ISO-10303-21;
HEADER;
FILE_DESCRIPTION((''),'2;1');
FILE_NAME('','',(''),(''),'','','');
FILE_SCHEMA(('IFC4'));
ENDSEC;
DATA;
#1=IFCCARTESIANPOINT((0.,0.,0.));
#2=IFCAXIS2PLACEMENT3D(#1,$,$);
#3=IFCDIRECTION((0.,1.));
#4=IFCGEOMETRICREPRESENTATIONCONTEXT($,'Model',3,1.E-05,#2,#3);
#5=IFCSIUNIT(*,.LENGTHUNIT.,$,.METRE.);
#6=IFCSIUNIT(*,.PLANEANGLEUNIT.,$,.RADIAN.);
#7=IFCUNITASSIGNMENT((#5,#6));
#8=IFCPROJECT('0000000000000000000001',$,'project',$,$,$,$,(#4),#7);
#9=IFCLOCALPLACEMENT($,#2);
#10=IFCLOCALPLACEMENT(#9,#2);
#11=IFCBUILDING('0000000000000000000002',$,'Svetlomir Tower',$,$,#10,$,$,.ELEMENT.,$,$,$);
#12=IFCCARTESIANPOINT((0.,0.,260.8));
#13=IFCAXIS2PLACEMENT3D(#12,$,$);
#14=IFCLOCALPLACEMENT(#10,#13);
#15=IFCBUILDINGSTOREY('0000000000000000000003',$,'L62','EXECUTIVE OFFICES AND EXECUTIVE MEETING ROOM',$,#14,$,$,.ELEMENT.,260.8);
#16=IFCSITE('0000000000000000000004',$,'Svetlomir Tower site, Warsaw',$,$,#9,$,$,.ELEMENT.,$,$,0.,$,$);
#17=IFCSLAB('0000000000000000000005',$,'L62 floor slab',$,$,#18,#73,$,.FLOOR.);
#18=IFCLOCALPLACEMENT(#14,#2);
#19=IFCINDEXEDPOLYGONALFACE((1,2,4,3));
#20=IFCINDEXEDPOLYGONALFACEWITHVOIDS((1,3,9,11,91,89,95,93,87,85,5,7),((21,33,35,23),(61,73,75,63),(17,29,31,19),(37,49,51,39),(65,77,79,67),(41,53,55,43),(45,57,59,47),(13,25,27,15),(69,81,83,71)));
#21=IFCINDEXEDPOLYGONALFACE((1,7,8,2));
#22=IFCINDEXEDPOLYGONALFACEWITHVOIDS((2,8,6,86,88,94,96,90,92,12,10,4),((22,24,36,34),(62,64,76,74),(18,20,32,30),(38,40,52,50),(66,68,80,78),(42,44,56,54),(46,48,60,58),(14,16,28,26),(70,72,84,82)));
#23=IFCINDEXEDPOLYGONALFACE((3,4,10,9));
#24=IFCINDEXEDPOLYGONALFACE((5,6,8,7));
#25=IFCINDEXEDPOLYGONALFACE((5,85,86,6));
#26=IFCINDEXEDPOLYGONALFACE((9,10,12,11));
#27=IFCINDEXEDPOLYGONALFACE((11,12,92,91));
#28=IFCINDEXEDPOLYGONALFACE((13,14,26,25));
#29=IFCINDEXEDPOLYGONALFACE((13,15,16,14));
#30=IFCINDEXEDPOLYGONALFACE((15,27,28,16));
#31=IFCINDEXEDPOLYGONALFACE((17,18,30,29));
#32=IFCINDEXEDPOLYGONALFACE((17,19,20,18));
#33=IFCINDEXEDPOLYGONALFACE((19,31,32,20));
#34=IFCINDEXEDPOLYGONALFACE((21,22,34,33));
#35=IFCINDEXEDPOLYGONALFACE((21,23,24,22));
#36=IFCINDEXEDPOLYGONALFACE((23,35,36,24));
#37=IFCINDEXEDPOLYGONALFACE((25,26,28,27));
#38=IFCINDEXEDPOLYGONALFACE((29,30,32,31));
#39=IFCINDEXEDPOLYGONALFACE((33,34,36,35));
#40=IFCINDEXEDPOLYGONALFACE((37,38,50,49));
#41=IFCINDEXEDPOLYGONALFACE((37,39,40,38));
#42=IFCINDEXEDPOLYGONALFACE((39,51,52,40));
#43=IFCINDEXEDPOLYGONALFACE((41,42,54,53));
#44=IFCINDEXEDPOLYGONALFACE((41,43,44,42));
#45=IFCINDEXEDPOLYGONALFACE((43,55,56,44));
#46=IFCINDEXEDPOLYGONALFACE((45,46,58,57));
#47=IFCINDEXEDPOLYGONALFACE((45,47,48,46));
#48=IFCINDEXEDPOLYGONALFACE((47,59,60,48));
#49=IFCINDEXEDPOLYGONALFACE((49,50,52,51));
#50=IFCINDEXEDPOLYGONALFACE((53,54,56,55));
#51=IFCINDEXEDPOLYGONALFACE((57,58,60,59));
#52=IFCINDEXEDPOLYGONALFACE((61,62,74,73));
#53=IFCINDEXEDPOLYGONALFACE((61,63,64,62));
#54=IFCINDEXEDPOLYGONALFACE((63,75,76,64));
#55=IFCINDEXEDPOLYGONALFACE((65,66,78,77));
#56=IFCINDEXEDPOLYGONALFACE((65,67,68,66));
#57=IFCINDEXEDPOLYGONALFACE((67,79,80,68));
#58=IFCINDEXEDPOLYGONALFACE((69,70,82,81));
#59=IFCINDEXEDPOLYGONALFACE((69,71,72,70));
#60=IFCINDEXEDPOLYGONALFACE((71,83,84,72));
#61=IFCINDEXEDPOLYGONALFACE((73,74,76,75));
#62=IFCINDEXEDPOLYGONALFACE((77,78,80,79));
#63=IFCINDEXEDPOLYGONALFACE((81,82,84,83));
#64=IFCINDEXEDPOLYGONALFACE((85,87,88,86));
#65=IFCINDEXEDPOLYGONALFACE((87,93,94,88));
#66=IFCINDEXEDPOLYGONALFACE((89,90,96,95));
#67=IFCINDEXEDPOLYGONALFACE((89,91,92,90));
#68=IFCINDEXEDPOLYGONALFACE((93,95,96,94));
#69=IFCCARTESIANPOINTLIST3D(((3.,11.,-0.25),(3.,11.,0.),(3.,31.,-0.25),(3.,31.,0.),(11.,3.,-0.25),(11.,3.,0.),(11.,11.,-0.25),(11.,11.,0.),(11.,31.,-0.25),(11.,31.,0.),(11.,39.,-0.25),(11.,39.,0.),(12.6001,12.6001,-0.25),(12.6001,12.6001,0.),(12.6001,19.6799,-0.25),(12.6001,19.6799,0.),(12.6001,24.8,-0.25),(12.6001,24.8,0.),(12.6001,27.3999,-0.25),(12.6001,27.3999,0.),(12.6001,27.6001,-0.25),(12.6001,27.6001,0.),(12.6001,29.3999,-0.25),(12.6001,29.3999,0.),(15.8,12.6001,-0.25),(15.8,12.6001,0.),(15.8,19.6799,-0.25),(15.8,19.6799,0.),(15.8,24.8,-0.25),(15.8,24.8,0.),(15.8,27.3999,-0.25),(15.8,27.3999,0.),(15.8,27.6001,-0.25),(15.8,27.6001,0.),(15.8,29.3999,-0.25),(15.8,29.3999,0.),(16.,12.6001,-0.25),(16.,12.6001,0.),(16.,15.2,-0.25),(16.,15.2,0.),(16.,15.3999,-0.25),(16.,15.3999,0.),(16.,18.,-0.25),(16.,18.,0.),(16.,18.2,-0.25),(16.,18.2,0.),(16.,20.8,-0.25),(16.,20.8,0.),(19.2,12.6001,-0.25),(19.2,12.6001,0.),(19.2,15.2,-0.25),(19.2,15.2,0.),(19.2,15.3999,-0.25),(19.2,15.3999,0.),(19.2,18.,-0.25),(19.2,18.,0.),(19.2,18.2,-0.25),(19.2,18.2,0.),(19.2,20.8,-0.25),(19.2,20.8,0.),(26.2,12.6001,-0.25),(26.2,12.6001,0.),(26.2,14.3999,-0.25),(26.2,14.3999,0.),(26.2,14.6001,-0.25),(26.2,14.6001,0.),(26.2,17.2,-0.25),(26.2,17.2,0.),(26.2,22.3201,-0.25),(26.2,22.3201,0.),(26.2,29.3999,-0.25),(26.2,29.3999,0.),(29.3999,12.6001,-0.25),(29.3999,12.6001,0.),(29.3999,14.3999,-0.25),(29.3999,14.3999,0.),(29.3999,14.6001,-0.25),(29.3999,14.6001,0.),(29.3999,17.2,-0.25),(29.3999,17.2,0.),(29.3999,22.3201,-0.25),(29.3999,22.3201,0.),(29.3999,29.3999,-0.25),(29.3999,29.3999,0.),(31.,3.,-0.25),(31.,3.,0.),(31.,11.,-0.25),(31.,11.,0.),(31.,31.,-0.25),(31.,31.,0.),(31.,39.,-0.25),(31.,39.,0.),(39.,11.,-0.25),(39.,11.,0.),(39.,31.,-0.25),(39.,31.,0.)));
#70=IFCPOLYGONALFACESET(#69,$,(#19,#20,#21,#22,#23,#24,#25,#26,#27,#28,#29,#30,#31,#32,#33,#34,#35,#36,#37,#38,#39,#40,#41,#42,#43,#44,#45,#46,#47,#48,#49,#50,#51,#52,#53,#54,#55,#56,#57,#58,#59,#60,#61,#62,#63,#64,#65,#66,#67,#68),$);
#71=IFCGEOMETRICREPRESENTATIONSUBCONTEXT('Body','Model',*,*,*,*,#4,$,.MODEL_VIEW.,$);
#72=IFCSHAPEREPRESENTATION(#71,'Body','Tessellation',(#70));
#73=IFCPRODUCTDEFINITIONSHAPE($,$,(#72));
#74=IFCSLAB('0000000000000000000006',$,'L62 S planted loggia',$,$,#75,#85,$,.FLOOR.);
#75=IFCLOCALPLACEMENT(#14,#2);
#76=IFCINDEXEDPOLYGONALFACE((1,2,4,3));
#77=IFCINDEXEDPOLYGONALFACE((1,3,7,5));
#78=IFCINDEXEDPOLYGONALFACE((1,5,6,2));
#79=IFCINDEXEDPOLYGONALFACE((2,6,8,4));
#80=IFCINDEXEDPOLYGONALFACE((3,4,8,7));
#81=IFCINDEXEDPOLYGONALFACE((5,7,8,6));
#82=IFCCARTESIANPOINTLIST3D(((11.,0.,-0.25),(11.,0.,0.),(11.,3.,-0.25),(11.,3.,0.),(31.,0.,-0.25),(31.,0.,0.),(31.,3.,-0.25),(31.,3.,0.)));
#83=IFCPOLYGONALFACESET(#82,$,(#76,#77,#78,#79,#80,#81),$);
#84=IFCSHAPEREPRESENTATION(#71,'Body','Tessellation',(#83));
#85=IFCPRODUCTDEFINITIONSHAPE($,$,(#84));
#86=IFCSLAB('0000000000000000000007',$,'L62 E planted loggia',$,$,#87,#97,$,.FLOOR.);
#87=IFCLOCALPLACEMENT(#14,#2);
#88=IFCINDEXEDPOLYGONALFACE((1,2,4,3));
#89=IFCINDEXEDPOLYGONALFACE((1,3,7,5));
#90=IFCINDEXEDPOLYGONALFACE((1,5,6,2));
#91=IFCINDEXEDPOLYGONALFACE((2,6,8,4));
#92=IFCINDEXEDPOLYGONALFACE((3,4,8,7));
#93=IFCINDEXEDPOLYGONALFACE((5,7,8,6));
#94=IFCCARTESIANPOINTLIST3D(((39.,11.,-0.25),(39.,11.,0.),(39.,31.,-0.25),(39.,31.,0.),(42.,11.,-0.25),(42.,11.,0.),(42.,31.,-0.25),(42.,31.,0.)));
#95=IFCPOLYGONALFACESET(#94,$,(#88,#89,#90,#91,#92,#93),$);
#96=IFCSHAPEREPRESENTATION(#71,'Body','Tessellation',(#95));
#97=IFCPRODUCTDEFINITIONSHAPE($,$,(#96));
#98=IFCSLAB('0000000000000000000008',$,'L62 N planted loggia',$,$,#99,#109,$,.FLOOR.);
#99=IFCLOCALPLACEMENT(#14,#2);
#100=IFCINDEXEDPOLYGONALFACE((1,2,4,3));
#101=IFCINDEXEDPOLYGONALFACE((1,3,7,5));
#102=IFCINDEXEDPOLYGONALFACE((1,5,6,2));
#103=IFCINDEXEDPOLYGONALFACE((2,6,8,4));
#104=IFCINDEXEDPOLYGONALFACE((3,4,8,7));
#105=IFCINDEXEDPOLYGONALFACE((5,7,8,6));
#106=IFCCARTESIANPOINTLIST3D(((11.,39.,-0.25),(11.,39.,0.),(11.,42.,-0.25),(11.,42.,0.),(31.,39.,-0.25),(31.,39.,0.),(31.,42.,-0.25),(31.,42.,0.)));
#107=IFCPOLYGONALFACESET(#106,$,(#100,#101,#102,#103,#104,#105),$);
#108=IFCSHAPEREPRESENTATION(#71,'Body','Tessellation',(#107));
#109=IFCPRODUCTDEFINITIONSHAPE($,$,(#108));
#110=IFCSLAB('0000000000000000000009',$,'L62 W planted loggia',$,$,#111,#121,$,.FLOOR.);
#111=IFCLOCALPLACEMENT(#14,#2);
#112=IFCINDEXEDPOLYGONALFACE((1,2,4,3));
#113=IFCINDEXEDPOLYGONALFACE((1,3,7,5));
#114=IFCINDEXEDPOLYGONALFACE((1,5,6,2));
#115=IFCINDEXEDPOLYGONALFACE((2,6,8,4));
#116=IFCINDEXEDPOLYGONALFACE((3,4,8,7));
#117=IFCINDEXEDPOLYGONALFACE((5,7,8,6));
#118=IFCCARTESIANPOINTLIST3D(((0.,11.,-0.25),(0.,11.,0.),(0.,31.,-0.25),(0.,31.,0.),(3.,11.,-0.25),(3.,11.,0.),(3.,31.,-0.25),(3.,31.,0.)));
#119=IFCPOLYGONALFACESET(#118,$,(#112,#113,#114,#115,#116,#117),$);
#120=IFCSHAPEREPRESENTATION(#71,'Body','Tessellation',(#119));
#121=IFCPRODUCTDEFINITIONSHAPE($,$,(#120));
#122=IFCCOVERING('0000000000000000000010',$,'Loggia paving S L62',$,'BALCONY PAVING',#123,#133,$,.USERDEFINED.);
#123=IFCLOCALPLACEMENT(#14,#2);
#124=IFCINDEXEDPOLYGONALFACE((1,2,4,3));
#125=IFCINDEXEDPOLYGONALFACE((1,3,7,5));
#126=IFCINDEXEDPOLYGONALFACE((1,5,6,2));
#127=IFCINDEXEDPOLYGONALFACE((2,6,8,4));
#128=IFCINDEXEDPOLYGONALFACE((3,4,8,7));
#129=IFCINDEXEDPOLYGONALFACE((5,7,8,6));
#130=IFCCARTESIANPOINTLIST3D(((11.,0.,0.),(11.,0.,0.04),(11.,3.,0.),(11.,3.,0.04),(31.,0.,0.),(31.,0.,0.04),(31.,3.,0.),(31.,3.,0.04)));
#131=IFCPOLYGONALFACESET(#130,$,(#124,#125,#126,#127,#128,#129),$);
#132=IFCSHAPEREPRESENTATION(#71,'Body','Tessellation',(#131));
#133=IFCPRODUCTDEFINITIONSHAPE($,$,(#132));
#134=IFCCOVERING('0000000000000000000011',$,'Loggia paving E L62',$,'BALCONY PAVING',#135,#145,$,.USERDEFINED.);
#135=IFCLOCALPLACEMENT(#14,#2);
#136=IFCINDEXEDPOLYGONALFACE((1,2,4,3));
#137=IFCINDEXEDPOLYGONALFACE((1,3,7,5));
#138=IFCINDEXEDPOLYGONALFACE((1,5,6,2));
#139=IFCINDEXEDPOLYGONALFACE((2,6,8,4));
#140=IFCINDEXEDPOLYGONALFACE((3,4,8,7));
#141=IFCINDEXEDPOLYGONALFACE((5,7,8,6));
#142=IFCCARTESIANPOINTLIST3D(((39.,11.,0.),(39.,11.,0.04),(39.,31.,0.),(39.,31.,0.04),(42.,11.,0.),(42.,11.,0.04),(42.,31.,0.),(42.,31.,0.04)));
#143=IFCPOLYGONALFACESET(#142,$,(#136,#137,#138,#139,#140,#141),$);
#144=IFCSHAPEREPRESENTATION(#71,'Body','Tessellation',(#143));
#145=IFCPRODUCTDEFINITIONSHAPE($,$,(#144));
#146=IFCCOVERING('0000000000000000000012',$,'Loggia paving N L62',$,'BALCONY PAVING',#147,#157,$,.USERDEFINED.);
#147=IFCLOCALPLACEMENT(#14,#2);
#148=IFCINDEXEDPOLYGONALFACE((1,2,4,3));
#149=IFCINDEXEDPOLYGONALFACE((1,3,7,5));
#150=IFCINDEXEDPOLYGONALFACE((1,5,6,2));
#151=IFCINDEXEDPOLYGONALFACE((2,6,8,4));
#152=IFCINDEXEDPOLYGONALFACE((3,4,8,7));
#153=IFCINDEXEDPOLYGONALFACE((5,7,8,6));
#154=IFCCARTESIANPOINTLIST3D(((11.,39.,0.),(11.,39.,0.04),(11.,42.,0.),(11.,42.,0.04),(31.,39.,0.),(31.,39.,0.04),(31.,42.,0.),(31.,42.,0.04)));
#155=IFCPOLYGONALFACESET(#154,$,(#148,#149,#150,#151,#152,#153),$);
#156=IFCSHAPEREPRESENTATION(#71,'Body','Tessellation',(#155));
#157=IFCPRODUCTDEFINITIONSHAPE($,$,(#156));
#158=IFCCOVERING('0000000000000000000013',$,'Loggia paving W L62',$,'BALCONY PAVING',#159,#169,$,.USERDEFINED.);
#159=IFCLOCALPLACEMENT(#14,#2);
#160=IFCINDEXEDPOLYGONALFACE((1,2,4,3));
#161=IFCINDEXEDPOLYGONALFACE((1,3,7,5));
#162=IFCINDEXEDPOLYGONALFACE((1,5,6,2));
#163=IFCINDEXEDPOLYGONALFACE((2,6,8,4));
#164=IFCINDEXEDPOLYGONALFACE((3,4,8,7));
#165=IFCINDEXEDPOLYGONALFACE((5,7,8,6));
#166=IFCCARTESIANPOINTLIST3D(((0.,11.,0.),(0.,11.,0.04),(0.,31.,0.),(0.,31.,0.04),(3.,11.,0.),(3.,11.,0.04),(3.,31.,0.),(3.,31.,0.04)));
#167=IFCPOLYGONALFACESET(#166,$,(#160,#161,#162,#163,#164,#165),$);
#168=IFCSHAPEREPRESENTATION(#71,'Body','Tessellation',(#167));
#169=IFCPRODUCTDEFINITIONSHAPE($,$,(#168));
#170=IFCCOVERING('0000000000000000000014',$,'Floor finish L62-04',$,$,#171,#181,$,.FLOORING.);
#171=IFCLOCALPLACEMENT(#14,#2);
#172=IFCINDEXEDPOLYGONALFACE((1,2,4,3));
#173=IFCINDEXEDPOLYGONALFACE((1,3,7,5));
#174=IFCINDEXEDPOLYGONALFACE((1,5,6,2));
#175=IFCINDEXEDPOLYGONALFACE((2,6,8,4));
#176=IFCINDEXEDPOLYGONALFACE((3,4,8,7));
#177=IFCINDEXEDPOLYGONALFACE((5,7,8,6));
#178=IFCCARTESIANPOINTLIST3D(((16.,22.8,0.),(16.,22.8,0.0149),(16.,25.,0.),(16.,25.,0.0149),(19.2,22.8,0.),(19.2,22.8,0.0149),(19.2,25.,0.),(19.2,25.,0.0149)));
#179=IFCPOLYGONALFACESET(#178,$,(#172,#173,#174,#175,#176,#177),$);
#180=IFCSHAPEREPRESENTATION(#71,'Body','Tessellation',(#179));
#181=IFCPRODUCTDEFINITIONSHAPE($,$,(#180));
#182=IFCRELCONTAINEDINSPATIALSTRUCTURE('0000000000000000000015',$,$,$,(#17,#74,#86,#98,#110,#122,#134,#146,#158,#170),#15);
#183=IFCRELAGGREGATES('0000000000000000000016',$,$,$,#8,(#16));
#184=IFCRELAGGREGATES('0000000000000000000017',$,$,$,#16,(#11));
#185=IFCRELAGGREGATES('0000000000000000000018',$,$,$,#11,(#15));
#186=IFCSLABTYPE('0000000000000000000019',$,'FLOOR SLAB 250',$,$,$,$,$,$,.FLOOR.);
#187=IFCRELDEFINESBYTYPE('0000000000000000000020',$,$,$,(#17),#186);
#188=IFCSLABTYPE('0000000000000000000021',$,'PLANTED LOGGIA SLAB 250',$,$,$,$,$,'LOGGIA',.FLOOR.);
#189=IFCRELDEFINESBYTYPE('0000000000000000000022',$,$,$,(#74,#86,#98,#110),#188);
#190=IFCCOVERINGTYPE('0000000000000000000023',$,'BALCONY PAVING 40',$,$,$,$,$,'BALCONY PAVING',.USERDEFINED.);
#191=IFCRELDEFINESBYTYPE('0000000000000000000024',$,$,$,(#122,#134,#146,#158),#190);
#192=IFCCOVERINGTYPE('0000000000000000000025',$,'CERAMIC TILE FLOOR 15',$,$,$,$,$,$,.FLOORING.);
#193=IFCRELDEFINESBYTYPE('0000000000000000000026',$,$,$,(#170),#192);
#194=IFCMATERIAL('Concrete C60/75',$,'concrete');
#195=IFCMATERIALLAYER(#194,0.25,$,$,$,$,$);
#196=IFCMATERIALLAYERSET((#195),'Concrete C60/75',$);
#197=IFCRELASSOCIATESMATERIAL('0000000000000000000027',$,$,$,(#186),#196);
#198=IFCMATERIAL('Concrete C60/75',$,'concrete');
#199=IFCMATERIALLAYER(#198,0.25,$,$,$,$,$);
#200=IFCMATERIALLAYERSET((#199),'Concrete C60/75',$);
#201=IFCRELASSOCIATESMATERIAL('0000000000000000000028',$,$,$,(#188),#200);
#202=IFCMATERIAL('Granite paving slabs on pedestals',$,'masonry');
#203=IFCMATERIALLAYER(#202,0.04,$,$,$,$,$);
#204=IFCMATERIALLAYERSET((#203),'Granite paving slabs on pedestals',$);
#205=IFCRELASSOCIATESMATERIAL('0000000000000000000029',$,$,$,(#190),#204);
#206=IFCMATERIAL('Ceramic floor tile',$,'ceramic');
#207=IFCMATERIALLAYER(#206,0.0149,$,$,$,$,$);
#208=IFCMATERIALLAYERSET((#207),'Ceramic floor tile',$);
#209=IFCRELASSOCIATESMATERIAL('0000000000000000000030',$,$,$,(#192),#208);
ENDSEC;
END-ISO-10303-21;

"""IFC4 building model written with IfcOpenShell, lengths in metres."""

from ifc_helpers import new_model, si_unit, direction, frame, origin, place, context, subcontext, project, spatial, polyline, outline, extrude, material, layer, layer_set, type_object, element, save


model = new_model("IFC4")

# Units and contexts
model_context = context("Model", 3, precision=1e-05, world=origin(), true_north=direction((0.0, 1.0)))
body_context = subcontext(model_context, "Body", "Model", "MODEL_VIEW")
ifc_project = project(units=[si_unit("LENGTHUNIT", "METRE"), si_unit("PLANEANGLEUNIT", "RADIAN")], contexts=[model_context])

# Site, building, storey
site_placement = place(None, origin())
site = spatial("IfcSite", under=ifc_project, at=site_placement, Name="Svetlomir Tower site, Warsaw", CompositionType="ELEMENT", RefElevation=0.0)
building_placement = place(site_placement, origin())
building = spatial("IfcBuilding", under=site, at=building_placement, Name="Svetlomir Tower", CompositionType="ELEMENT")
storey_placement = place(building_placement, frame((0.0, 0.0, 260.8)))
storey = spatial("IfcBuildingStorey", under=building, at=storey_placement, Name="L62", Description="EXECUTIVE OFFICES AND EXECUTIVE MEETING ROOM", CompositionType="ELEMENT", Elevation=260.8)

# Slabs
ifc_material_1 = material(Name="Concrete C60/75", Category="concrete")
ifc_layer_1 = layer(ifc_material_1, 0.25)
ifc_layer_set_1 = layer_set([ifc_layer_1], Name="Concrete C60/75")
slab_type_1 = type_object("IfcSlabType", Name="FLOOR SLAB 250", PredefinedType="FLOOR", material=ifc_layer_set_1)
slab_1_placement = place(storey_placement, frame((0.0, 0.0, -0.25)))
element("IfcSlab", 1, at=slab_1_placement, inside=storey, type_object=slab_type_1, Name="L62 floor slab", PredefinedType="FLOOR", context=body_context, shape_type="SweptSolid", body=[
    extrude(outline(polyline([(11.0, 3.0), (31.0, 3.0), (31.0, 11.0), (39.0, 11.0), (39.0, 31.0), (31.0, 31.0), (31.0, 39.0), (11.0, 39.0), (11.0, 31.0), (3.0, 31.0), (3.0, 11.0), (11.0, 11.0), (11.0, 3.0)]), holes=[polyline([(12.6001, 24.8), (15.8, 24.8), (15.8, 27.3999), (12.6001, 27.3999), (12.6001, 24.8)]), polyline([(26.2, 14.6001), (29.3999, 14.6001), (29.3999, 17.2), (26.2, 17.2), (26.2, 14.6001)]), polyline([(16.0, 12.6001), (19.2, 12.6001), (19.2, 15.2), (16.0, 15.2), (16.0, 12.6001)]), polyline([(16.0, 15.3999), (19.2, 15.3999), (19.2, 18.0), (16.0, 18.0), (16.0, 15.3999)]), polyline([(16.0, 18.2), (19.2, 18.2), (19.2, 20.8), (16.0, 20.8), (16.0, 18.2)]), polyline([(12.6001, 27.6001), (15.8, 27.6001), (15.8, 29.3999), (12.6001, 29.3999), (12.6001, 27.6001)]), polyline([(26.2, 12.6001), (29.3999, 12.6001), (29.3999, 14.3999), (26.2, 14.3999), (26.2, 12.6001)]), polyline([(12.6001, 12.6001), (15.8, 12.6001), (15.8, 19.6799), (12.6001, 19.6799), (12.6001, 12.6001)]), polyline([(26.2, 22.3201), (29.3999, 22.3201), (29.3999, 29.3999), (26.2, 29.3999), (26.2, 22.3201)])]), origin(), (0.0, 0.0, 1.0), 0.25),
])
ifc_material_2 = material(Name="Concrete C60/75", Category="concrete")
ifc_layer_2 = layer(ifc_material_2, 0.25)
ifc_layer_set_2 = layer_set([ifc_layer_2], Name="Concrete C60/75")
slab_type_2 = type_object("IfcSlabType", Name="PLANTED LOGGIA SLAB 250", ElementType="LOGGIA", PredefinedType="FLOOR", material=ifc_layer_set_2)
slab_2_placement = place(storey_placement, frame((0.0, 0.0, -0.25)))
element("IfcSlab", 2, at=slab_2_placement, inside=storey, type_object=slab_type_2, Name="L62 S planted loggia", PredefinedType="FLOOR", context=body_context, shape_type="SweptSolid", body=[
    extrude(outline(polyline([(11.0, 0.0), (31.0, 0.0), (31.0, 3.0), (11.0, 3.0), (11.0, 0.0)])), origin(), (0.0, 0.0, 1.0), 0.25),
])
slab_3_placement = place(storey_placement, frame((0.0, 0.0, -0.25)))
element("IfcSlab", 3, at=slab_3_placement, inside=storey, type_object=slab_type_2, Name="L62 E planted loggia", PredefinedType="FLOOR", context=body_context, shape_type="SweptSolid", body=[
    extrude(outline(polyline([(39.0, 11.0), (42.0, 11.0), (42.0, 31.0), (39.0, 31.0), (39.0, 11.0)])), origin(), (0.0, 0.0, 1.0), 0.25),
])
slab_4_placement = place(storey_placement, frame((0.0, 0.0, -0.25)))
element("IfcSlab", 4, at=slab_4_placement, inside=storey, type_object=slab_type_2, Name="L62 N planted loggia", PredefinedType="FLOOR", context=body_context, shape_type="SweptSolid", body=[
    extrude(outline(polyline([(11.0, 39.0), (31.0, 39.0), (31.0, 42.0), (11.0, 42.0), (11.0, 39.0)])), origin(), (0.0, 0.0, 1.0), 0.25),
])
slab_5_placement = place(storey_placement, frame((0.0, 0.0, -0.25)))
element("IfcSlab", 5, at=slab_5_placement, inside=storey, type_object=slab_type_2, Name="L62 W planted loggia", PredefinedType="FLOOR", context=body_context, shape_type="SweptSolid", body=[
    extrude(outline(polyline([(0.0, 11.0), (3.0, 11.0), (3.0, 31.0), (0.0, 31.0), (0.0, 11.0)])), origin(), (0.0, 0.0, 1.0), 0.25),
])

# Coverings
ifc_material_3 = material(Name="Granite paving slabs on pedestals", Category="masonry")
ifc_layer_3 = layer(ifc_material_3, 0.04)
ifc_layer_set_3 = layer_set([ifc_layer_3], Name="Granite paving slabs on pedestals")
covering_type_1 = type_object("IfcCoveringType", Name="BALCONY PAVING 40", ElementType="BALCONY PAVING", PredefinedType="USERDEFINED", material=ifc_layer_set_3)
covering_1_placement = place(storey_placement, origin())
element("IfcCovering", 6, at=covering_1_placement, inside=storey, type_object=covering_type_1, Name="Loggia paving S L62", ObjectType="BALCONY PAVING", PredefinedType="USERDEFINED", context=body_context, shape_type="SweptSolid", body=[
    extrude(outline(polyline([(11.0, 0.0), (31.0, 0.0), (31.0, 3.0), (11.0, 3.0), (11.0, 0.0)])), origin(), (0.0, 0.0, 1.0), 0.04),
])
covering_2_placement = place(storey_placement, origin())
element("IfcCovering", 7, at=covering_2_placement, inside=storey, type_object=covering_type_1, Name="Loggia paving E L62", ObjectType="BALCONY PAVING", PredefinedType="USERDEFINED", context=body_context, shape_type="SweptSolid", body=[
    extrude(outline(polyline([(39.0, 11.0), (42.0, 11.0), (42.0, 31.0), (39.0, 31.0), (39.0, 11.0)])), origin(), (0.0, 0.0, 1.0), 0.04),
])
covering_3_placement = place(storey_placement, origin())
element("IfcCovering", 8, at=covering_3_placement, inside=storey, type_object=covering_type_1, Name="Loggia paving N L62", ObjectType="BALCONY PAVING", PredefinedType="USERDEFINED", context=body_context, shape_type="SweptSolid", body=[
    extrude(outline(polyline([(11.0, 39.0), (31.0, 39.0), (31.0, 42.0), (11.0, 42.0), (11.0, 39.0)])), origin(), (0.0, 0.0, 1.0), 0.04),
])
covering_4_placement = place(storey_placement, origin())
element("IfcCovering", 9, at=covering_4_placement, inside=storey, type_object=covering_type_1, Name="Loggia paving W L62", ObjectType="BALCONY PAVING", PredefinedType="USERDEFINED", context=body_context, shape_type="SweptSolid", body=[
    extrude(outline(polyline([(0.0, 11.0), (3.0, 11.0), (3.0, 31.0), (0.0, 31.0), (0.0, 11.0)])), origin(), (0.0, 0.0, 1.0), 0.04),
])
ifc_material_4 = material(Name="Ceramic floor tile", Category="ceramic")
ifc_layer_4 = layer(ifc_material_4, 0.0149)
ifc_layer_set_4 = layer_set([ifc_layer_4], Name="Ceramic floor tile")
covering_type_2 = type_object("IfcCoveringType", Name="CERAMIC TILE FLOOR 15", PredefinedType="FLOORING", material=ifc_layer_set_4)
covering_5_placement = place(storey_placement, origin())
element("IfcCovering", 10, at=covering_5_placement, inside=storey, type_object=covering_type_2, Name="Floor finish L62-04", PredefinedType="FLOORING", context=body_context, shape_type="SweptSolid", body=[
    extrude(outline(polyline([(16.0, 22.8), (19.2, 22.8), (19.2, 25.0), (16.0, 25.0), (16.0, 22.8)])), origin(), (0.0, 0.0, 1.0), 0.0149),
])

save(model, "model.ifc")
